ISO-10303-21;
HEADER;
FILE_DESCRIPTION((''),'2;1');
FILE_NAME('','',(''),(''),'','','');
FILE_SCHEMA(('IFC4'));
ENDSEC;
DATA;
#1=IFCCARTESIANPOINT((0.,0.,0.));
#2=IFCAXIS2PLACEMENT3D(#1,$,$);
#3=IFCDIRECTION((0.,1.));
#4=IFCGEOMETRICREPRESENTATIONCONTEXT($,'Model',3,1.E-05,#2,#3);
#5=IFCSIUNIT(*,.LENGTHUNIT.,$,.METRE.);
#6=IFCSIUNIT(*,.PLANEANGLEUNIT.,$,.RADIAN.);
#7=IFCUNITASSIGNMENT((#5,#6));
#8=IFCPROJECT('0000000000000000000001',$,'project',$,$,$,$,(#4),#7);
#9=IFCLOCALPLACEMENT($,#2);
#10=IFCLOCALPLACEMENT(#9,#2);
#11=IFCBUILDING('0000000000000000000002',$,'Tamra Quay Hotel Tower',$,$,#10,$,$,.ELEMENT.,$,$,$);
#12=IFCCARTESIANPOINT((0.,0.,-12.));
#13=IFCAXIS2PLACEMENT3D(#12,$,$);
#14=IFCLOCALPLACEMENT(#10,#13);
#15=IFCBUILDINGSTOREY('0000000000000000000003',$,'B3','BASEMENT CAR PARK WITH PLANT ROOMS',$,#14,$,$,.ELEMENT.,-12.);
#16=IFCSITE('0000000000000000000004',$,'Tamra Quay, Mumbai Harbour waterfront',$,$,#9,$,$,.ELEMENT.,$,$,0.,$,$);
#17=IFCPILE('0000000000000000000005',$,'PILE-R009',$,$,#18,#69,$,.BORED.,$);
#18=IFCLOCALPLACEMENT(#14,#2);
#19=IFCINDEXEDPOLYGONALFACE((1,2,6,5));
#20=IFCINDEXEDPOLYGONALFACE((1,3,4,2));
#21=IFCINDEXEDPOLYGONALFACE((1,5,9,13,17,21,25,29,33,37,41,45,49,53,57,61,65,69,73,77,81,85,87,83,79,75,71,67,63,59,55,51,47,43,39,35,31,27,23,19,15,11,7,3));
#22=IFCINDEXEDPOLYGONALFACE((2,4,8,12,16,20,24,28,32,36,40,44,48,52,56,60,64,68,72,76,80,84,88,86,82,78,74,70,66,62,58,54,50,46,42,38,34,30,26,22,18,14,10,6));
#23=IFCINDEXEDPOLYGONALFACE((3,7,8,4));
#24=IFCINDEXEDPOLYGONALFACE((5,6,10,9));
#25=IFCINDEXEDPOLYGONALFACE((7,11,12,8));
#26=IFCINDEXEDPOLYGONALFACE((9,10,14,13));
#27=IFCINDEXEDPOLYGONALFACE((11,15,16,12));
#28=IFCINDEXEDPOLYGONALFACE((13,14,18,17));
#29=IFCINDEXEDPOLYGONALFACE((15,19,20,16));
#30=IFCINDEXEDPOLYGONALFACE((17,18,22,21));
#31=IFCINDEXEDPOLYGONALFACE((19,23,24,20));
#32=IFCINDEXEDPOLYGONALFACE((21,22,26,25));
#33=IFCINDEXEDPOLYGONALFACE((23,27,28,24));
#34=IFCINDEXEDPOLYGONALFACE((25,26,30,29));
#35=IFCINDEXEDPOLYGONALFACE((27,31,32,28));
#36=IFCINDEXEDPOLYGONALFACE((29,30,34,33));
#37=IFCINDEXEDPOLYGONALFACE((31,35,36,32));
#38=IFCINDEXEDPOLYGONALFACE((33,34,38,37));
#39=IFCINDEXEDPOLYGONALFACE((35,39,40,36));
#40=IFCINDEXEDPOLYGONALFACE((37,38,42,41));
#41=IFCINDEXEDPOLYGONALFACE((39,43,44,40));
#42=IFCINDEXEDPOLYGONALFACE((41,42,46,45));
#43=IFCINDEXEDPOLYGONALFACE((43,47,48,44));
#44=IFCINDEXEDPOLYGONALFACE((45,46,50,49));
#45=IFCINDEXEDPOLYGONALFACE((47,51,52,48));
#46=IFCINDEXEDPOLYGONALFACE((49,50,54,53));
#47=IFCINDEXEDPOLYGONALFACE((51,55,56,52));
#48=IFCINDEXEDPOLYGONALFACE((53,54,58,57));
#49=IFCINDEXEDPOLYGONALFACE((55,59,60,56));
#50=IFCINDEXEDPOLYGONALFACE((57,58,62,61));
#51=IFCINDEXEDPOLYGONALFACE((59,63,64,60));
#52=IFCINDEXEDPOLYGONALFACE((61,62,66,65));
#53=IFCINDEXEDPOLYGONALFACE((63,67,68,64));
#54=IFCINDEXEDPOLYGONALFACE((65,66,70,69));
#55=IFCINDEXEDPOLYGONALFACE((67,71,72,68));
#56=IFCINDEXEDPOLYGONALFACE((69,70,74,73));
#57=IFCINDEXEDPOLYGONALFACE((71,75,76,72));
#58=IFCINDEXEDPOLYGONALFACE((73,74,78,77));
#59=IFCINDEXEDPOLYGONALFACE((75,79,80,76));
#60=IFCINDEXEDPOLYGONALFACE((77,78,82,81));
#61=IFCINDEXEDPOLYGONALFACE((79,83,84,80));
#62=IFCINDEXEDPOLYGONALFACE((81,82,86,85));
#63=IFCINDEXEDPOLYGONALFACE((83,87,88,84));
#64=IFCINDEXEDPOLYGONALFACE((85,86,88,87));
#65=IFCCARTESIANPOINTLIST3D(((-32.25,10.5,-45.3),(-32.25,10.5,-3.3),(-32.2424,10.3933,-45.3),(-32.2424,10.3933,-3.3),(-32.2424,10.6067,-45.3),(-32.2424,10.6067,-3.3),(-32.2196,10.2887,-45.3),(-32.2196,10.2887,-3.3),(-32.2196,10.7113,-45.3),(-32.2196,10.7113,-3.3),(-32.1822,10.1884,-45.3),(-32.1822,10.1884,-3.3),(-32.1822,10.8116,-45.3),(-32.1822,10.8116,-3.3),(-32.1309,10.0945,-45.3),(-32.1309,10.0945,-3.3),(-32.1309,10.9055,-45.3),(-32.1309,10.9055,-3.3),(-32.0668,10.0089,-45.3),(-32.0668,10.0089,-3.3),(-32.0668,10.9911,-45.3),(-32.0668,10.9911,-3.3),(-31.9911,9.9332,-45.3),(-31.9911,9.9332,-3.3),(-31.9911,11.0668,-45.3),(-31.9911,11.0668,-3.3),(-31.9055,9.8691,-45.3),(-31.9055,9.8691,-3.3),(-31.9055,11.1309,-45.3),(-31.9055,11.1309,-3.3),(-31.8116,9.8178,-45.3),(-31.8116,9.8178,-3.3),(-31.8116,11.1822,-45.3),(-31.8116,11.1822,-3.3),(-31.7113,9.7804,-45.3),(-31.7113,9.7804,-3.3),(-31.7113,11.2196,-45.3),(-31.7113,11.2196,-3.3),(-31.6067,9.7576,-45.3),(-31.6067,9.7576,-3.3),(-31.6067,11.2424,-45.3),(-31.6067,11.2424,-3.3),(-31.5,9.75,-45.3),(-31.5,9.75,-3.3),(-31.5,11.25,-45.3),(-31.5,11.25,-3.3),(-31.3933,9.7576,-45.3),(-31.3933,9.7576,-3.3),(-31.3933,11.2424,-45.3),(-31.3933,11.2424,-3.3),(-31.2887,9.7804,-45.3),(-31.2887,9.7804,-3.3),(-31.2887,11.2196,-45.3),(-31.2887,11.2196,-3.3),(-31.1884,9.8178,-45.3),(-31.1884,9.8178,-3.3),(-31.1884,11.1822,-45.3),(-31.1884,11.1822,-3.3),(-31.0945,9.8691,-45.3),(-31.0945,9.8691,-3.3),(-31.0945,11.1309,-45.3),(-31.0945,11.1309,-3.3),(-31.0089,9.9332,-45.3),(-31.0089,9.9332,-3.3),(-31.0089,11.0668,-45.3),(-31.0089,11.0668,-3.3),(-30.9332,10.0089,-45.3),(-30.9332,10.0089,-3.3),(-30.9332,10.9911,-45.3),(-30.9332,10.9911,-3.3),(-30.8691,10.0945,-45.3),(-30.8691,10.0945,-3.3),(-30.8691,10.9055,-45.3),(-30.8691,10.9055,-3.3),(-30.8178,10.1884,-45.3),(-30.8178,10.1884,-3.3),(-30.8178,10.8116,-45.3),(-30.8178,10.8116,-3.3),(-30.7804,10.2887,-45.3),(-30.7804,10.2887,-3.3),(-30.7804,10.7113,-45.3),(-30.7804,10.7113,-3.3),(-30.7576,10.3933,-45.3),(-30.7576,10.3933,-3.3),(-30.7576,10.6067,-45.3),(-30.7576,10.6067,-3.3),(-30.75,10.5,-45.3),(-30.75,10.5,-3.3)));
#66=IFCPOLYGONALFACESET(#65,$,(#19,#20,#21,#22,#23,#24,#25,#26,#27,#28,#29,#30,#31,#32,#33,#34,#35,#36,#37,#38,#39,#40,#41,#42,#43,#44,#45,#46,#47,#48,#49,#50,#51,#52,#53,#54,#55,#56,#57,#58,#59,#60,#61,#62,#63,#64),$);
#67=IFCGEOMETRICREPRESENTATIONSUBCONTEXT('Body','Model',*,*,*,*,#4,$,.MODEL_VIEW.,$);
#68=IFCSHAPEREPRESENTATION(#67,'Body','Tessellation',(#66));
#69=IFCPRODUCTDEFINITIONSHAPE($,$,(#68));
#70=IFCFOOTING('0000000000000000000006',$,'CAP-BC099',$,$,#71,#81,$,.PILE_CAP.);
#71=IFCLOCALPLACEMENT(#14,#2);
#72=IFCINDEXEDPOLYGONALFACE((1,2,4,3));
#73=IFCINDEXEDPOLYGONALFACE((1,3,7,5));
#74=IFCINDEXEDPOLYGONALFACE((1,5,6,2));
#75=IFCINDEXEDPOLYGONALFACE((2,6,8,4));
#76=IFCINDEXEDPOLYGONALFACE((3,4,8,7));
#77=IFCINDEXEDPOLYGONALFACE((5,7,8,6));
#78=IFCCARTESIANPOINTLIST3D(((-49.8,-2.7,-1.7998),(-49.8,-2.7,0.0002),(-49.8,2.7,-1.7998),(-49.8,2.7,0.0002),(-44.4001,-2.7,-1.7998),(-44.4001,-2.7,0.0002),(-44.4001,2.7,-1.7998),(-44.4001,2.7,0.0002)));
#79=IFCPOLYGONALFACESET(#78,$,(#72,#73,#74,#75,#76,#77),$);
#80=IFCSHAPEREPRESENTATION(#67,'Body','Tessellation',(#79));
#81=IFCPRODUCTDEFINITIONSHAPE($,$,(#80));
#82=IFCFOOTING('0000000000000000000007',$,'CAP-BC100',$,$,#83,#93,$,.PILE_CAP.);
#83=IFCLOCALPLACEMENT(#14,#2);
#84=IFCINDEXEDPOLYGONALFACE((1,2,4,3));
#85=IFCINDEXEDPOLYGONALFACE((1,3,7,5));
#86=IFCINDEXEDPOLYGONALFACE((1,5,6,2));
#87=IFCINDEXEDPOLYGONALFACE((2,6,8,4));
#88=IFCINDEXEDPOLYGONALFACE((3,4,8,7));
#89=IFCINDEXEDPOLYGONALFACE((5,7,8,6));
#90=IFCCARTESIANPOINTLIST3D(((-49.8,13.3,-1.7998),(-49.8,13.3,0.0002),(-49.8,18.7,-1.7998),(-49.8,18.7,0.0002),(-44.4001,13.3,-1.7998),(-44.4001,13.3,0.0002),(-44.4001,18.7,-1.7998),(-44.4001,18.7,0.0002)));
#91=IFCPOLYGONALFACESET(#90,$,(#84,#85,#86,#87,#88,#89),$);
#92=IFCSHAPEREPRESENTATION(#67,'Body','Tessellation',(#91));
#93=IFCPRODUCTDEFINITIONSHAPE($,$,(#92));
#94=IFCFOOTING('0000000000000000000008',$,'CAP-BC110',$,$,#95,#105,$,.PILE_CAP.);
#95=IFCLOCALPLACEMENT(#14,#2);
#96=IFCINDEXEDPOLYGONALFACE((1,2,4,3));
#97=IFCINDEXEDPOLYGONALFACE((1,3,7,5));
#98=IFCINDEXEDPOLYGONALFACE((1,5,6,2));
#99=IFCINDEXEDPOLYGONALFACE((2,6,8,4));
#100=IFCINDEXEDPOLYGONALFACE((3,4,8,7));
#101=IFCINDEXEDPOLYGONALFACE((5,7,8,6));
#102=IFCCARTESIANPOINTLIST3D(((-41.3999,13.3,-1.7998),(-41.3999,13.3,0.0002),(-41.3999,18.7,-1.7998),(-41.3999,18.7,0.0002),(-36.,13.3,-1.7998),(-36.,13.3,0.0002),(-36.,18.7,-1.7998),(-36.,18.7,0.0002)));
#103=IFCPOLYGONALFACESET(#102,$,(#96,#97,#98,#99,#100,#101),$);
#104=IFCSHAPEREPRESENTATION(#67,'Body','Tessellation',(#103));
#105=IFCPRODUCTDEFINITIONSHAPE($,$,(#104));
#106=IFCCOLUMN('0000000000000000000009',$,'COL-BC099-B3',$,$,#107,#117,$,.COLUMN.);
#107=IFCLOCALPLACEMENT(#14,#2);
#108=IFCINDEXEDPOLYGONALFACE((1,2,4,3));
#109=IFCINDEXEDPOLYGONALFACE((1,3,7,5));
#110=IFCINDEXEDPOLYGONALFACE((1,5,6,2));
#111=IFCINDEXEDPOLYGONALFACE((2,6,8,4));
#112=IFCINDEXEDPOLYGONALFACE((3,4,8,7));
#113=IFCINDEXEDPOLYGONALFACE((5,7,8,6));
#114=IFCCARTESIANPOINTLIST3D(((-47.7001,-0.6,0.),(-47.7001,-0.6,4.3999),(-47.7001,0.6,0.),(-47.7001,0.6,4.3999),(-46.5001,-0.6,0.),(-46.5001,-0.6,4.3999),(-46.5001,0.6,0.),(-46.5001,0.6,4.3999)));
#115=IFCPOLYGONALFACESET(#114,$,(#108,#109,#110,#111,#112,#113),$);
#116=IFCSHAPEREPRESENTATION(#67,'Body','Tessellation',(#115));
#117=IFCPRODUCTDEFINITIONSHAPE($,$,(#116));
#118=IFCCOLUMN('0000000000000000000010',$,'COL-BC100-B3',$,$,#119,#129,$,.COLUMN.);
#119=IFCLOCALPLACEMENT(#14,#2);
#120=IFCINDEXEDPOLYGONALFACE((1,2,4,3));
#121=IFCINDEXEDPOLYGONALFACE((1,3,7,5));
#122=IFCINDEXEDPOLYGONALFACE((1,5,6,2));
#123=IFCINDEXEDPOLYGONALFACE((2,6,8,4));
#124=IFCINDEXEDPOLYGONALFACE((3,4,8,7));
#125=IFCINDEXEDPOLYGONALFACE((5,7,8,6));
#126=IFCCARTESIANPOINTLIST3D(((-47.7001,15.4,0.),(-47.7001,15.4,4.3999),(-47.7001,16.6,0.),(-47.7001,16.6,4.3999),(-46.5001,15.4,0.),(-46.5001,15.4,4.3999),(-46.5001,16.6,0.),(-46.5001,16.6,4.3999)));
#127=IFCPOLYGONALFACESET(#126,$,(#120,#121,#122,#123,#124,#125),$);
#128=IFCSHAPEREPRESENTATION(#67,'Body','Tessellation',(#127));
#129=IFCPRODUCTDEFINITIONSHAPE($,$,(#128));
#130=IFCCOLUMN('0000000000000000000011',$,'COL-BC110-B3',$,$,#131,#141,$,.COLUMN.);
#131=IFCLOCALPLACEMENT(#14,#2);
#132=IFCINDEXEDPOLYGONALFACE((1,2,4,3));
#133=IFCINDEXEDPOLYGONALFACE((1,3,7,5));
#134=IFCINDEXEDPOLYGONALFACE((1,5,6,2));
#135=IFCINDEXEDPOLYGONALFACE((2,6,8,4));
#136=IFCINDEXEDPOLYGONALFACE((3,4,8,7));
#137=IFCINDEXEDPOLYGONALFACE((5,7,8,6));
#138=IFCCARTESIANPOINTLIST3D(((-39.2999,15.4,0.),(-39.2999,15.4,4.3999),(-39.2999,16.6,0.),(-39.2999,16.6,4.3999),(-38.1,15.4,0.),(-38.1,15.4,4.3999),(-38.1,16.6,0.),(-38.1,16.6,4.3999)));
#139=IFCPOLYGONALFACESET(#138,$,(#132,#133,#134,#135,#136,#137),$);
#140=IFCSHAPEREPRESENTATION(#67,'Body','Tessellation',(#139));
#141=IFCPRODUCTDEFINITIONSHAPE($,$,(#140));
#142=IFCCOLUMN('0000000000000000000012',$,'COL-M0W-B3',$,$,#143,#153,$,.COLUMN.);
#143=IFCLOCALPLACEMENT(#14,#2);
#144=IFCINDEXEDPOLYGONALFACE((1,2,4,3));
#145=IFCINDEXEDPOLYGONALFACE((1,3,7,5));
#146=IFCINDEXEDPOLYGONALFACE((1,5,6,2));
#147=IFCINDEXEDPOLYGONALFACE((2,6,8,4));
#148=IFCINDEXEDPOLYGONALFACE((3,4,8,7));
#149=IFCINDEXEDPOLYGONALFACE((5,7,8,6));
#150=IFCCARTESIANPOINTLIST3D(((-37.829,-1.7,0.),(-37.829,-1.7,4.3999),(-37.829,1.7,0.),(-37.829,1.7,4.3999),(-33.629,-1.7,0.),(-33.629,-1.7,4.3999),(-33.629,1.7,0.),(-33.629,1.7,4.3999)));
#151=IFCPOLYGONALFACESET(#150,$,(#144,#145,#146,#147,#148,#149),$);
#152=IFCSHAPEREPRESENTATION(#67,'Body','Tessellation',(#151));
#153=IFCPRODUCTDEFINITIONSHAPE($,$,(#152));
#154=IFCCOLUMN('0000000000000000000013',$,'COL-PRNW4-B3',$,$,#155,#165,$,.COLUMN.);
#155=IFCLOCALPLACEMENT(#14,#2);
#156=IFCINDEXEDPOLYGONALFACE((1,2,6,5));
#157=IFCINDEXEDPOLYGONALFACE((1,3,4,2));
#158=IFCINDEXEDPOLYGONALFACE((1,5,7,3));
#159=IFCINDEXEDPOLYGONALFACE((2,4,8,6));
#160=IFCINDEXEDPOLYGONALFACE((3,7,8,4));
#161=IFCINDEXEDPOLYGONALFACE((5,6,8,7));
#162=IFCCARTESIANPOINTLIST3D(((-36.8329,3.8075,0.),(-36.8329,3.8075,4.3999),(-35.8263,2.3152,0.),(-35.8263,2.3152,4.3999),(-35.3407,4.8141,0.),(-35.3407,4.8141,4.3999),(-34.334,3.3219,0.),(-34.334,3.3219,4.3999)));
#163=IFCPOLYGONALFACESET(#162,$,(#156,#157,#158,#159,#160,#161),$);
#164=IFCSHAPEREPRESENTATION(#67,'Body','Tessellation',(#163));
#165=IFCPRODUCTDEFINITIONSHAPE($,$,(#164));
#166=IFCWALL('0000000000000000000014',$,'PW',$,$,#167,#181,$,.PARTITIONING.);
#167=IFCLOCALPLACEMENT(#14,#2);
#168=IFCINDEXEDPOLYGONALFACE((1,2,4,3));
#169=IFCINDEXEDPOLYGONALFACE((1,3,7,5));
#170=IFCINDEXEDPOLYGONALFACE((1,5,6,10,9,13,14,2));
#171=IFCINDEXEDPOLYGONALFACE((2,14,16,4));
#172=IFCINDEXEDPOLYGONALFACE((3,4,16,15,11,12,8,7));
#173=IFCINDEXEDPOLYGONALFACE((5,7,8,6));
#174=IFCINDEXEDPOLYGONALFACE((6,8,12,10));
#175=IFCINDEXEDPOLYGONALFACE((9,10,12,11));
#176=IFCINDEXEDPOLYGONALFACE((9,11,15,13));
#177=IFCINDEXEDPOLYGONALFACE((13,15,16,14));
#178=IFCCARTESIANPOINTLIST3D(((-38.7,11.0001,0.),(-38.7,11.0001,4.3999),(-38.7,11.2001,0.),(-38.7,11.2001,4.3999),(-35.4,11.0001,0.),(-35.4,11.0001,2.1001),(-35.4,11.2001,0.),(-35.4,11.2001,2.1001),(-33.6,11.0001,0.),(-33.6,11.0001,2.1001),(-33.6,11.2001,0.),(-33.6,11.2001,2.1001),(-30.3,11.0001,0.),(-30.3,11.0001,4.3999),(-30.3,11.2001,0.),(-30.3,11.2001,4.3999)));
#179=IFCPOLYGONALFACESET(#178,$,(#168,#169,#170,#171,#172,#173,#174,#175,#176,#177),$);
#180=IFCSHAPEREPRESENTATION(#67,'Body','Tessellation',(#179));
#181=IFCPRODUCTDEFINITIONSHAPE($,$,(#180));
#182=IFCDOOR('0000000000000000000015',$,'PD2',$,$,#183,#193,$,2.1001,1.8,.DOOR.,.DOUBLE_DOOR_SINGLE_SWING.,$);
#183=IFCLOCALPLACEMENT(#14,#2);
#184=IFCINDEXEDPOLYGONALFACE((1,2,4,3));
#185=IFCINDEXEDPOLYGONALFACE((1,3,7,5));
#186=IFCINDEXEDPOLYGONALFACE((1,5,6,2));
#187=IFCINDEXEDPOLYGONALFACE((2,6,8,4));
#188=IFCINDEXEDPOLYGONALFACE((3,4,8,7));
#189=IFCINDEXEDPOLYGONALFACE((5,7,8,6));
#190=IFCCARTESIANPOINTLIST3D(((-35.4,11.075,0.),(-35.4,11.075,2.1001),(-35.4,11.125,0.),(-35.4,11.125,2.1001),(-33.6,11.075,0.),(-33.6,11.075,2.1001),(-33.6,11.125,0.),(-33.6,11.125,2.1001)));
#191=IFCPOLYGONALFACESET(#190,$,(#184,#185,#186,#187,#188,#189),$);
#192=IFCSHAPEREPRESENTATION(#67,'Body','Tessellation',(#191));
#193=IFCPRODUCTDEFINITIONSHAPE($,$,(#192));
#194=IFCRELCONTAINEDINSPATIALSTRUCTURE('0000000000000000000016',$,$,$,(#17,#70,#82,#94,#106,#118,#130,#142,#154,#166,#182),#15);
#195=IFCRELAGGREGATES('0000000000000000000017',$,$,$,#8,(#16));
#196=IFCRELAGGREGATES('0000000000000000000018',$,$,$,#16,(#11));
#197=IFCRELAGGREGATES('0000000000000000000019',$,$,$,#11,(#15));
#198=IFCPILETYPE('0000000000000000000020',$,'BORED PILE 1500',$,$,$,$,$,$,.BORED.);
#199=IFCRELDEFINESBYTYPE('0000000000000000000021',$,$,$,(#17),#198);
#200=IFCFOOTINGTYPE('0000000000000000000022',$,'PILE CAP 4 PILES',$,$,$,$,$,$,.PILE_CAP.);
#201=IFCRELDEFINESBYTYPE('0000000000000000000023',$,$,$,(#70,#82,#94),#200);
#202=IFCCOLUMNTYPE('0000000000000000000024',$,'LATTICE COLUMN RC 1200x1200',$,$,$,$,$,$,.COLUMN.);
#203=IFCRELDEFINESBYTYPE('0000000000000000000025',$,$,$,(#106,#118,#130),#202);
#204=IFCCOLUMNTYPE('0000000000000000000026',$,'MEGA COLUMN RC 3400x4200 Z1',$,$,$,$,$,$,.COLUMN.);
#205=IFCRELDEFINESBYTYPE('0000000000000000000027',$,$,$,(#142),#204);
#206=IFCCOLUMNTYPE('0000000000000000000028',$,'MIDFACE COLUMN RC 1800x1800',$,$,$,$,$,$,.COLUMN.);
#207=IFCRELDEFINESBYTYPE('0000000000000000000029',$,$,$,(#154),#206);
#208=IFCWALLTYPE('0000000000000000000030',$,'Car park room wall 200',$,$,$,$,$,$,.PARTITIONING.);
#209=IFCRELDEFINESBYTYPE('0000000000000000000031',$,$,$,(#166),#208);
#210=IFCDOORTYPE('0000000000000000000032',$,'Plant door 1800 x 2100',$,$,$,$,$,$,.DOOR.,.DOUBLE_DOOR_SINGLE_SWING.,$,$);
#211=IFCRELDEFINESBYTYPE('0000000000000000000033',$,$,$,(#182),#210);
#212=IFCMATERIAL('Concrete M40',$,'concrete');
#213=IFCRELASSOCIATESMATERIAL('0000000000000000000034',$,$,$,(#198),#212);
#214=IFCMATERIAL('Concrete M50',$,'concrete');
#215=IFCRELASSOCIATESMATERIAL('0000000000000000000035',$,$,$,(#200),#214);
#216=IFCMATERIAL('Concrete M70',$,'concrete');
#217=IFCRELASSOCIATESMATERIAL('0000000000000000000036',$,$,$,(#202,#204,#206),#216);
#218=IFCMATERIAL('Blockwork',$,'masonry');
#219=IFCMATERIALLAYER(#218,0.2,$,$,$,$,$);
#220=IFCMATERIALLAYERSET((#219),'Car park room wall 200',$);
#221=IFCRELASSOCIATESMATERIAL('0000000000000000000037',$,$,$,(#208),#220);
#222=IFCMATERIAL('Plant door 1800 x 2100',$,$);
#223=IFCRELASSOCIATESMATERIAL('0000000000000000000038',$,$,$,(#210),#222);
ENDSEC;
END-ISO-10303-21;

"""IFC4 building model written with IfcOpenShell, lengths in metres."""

from ifc_helpers import new_model, si_unit, direction, frame, frame_2d, origin, origin_2d, place, context, subcontext, project, spatial, rectangle, circle, extrude, material, layer, layer_set, material_profile, profile_set, type_object, element, fill, save


model = new_model("IFC4")

# Units and contexts
model_context = context("Model", 3, precision=1e-05, world=origin(), true_north=direction((0.0, 1.0)))
body_context = subcontext(model_context, "Body", "Model", "MODEL_VIEW")
ifc_project = project(units=[si_unit("LENGTHUNIT", "METRE"), si_unit("PLANEANGLEUNIT", "RADIAN")], contexts=[model_context])

# Site, building, storey
site_placement = place(None, origin())
site = spatial("IfcSite", under=ifc_project, at=site_placement, Name="Tamra Quay, Mumbai Harbour waterfront", CompositionType="ELEMENT", RefElevation=0.0)
building_placement = place(site_placement, origin())
building = spatial("IfcBuilding", under=site, at=building_placement, Name="Tamra Quay Hotel Tower", CompositionType="ELEMENT")
storey_placement = place(building_placement, frame((0.0, 0.0, -12.0)))
storey = spatial("IfcBuildingStorey", under=building, at=storey_placement, Name="B3", Description="BASEMENT CAR PARK WITH PLANT ROOMS", CompositionType="ELEMENT", Elevation=-12.0)

# Pile
ifc_material_1 = material(Name="Concrete M40", Category="concrete")
ifc_material_profile_1 = material_profile(ifc_material_1, circle(Radius=0.75, at=origin_2d()), Name="BORED PILE 1500")
ifc_profile_set_1 = profile_set([ifc_material_profile_1], Name="Concrete M40")
pile_type_1 = type_object("IfcPileType", Name="BORED PILE 1500", PredefinedType="BORED", material=ifc_profile_set_1)
for number, where, z_axis, x_axis, name in (
    (1, (-31.5, 10.5, -3.3), (0.0, 0.0, -1.0), (1.0, 0.0, 0.0), "PILE-R009"),
):
    element("IfcPile", number, at=place(storey_placement, frame(where, z_axis=z_axis, x_axis=x_axis)), inside=storey, type_object=pile_type_1, Name=name, PredefinedType="BORED", context=body_context, shape_type="SweptSolid", body=[
        extrude(circle(Radius=0.75, at=origin_2d()), origin(), (0.0, 0.0, 1.0), 42.0),
    ])

# Footings
ifc_material_2 = material(Name="Concrete M50", Category="concrete")
footing_type = type_object("IfcFootingType", Name="PILE CAP 4 PILES", PredefinedType="PILE_CAP", material=ifc_material_2)
for number, where, z_axis, x_axis, name in (
    (2, (-47.1001, 0.0, -1.7998), (0.0, 0.0, 1.0), (1.0, 0.0, 0.0), "CAP-BC099"),
    (3, (-47.1001, 16.0, -1.7998), (0.0, 0.0, 1.0), (1.0, 0.0, 0.0), "CAP-BC100"),
    (4, (-38.7, 16.0, -1.7998), (0.0, 0.0, 1.0), (1.0, 0.0, 0.0), "CAP-BC110"),
):
    element("IfcFooting", number, at=place(storey_placement, frame(where, z_axis=z_axis, x_axis=x_axis)), inside=storey, type_object=footing_type, Name=name, PredefinedType="PILE_CAP", context=body_context, shape_type="SweptSolid", body=[
        extrude(rectangle(XDim=5.3999, YDim=5.3999, at=origin_2d()), origin(), (0.0, 0.0, 1.0), 1.8),
    ])

# Columns
ifc_material_3 = material(Name="Concrete M70", Category="concrete")
ifc_material_profile_2 = material_profile(ifc_material_3, rectangle(XDim=1.2, YDim=1.2, at=origin_2d()), Name="LATTICE COLUMN RC 1200x1200")
ifc_profile_set_2 = profile_set([ifc_material_profile_2], Name="Concrete M70")
column_type_1 = type_object("IfcColumnType", Name="LATTICE COLUMN RC 1200x1200", PredefinedType="COLUMN", material=ifc_profile_set_2)
for number, where, z_axis, x_axis, name in (
    (5, (-47.1001, 0.0, 0.0), (0.0, 0.0, 1.0), (1.0, 0.0, 0.0), "COL-BC099-B3"),
    (6, (-47.1001, 16.0, 0.0), (0.0, 0.0, 1.0), (1.0, 0.0, 0.0), "COL-BC100-B3"),
    (7, (-38.7, 16.0, 0.0), (0.0, 0.0, 1.0), (1.0, 0.0, 0.0), "COL-BC110-B3"),
):
    element("IfcColumn", number, at=place(storey_placement, frame(where, z_axis=z_axis, x_axis=x_axis)), inside=storey, type_object=column_type_1, Name=name, PredefinedType="COLUMN", context=body_context, shape_type="SweptSolid", body=[
        extrude(rectangle(XDim=1.2, YDim=1.2, at=origin_2d()), origin(), (0.0, 0.0, 1.0), 4.3999),
    ])
ifc_material_profile_3 = material_profile(ifc_material_3, rectangle(XDim=4.2, YDim=3.3999, at=origin_2d()), Name="MEGA COLUMN RC 3400x4200 Z1")
ifc_profile_set_3 = profile_set([ifc_material_profile_3], Name="Concrete M70")
column_type_2 = type_object("IfcColumnType", Name="MEGA COLUMN RC 3400x4200 Z1", PredefinedType="COLUMN", material=ifc_profile_set_3)
column_1_placement = place(storey_placement, frame((-35.729, 0.0, 0.0), z_axis=(0.0, 0.0, 1.0), x_axis=(1.0, 0.0, 0.0)))
element("IfcColumn", 8, at=column_1_placement, inside=storey, type_object=column_type_2, Name="COL-M0W-B3", PredefinedType="COLUMN", context=body_context, shape_type="SweptSolid", body=[
    extrude(rectangle(XDim=4.2, YDim=3.3999, at=origin_2d()), origin(), (0.0, 0.0, 1.0), 4.3999),
])
ifc_material_profile_4 = material_profile(ifc_material_3, rectangle(XDim=1.8, YDim=1.8, at=origin_2d()), Name="MIDFACE COLUMN RC 1800x1800")
ifc_profile_set_4 = profile_set([ifc_material_profile_4], Name="Concrete M70")
column_type_3 = type_object("IfcColumnType", Name="MIDFACE COLUMN RC 1800x1800", PredefinedType="COLUMN", material=ifc_profile_set_4)
column_2_placement = place(storey_placement, frame((-35.5835, 3.5647, 0.0), z_axis=(0.0, 0.0, 1.0), x_axis=(-0.55922, 0.829019, 0.0)))
element("IfcColumn", 9, at=column_2_placement, inside=storey, type_object=column_type_3, Name="COL-PRNW4-B3", PredefinedType="COLUMN", context=body_context, shape_type="SweptSolid", body=[
    extrude(rectangle(XDim=1.8, YDim=1.8, at=origin_2d()), origin(), (0.0, 0.0, 1.0), 4.3999),
])

# Wall, opening, door
ifc_material_4 = material(Name="Blockwork", Category="masonry")
ifc_layer = layer(ifc_material_4, 0.2)
ifc_layer_set = layer_set([ifc_layer], Name="Car park room wall 200")
wall_type = type_object("IfcWallType", Name="Car park room wall 200", PredefinedType="PARTITIONING", material=ifc_layer_set)
wall_1_placement = place(storey_placement, frame((-38.7, 11.1001, 0.0), z_axis=(0.0, 0.0, 1.0), x_axis=(1.0, 0.0, 0.0)))
wall_1 = element("IfcWall", 10, at=wall_1_placement, inside=storey, type_object=wall_type, Name="PW", PredefinedType="PARTITIONING", context=body_context, shape_type="SweptSolid", body=[
    extrude(rectangle(XDim=8.3999, YDim=0.2, at=frame_2d((4.2, 0.0))), origin(), (0.0, 0.0, 1.0), 4.3999),
])
opening_placement = place(wall_1_placement, frame((3.3, 0.0, 0.0)))
opening = element("IfcOpeningElement", 11, at=opening_placement, cuts=wall_1, PredefinedType="OPENING", context=body_context, shape_type="SweptSolid", body=[
    extrude(rectangle(XDim=1.8, YDim=2.1001, at=frame_2d((0.8999, 1.05))), frame((0.0, 0.1099, 0.0), z_axis=(0.0, -1.0, 0.0), x_axis=(1.0, 0.0, 0.0)), (0.0, 0.0, 1.0), 0.22),
])
ifc_material_5 = material(Name="Plant door 1800 x 2100")
door_type = type_object("IfcDoorType", Name="Plant door 1800 x 2100", OperationType="DOUBLE_DOOR_SINGLE_SWING", PredefinedType="DOOR", material=ifc_material_5)
door_placement = place(opening_placement, origin())
door = element("IfcDoor", 12, at=door_placement, inside=storey, type_object=door_type, Name="PD2", OperationType="DOUBLE_DOOR_SINGLE_SWING", OverallHeight=2.1001, OverallWidth=1.8, PredefinedType="DOOR", context=body_context, shape_type="SweptSolid", body=[
    extrude(rectangle(XDim=1.8, YDim=2.1001, at=frame_2d((0.8999, 1.05))), frame((0.0, 0.0249, 0.0), z_axis=(0.0, -1.0, 0.0), x_axis=(1.0, 0.0, 0.0)), (0.0, 0.0, 1.0), 0.05),
])
fill(opening, door)

save(model, "model.ifc")
